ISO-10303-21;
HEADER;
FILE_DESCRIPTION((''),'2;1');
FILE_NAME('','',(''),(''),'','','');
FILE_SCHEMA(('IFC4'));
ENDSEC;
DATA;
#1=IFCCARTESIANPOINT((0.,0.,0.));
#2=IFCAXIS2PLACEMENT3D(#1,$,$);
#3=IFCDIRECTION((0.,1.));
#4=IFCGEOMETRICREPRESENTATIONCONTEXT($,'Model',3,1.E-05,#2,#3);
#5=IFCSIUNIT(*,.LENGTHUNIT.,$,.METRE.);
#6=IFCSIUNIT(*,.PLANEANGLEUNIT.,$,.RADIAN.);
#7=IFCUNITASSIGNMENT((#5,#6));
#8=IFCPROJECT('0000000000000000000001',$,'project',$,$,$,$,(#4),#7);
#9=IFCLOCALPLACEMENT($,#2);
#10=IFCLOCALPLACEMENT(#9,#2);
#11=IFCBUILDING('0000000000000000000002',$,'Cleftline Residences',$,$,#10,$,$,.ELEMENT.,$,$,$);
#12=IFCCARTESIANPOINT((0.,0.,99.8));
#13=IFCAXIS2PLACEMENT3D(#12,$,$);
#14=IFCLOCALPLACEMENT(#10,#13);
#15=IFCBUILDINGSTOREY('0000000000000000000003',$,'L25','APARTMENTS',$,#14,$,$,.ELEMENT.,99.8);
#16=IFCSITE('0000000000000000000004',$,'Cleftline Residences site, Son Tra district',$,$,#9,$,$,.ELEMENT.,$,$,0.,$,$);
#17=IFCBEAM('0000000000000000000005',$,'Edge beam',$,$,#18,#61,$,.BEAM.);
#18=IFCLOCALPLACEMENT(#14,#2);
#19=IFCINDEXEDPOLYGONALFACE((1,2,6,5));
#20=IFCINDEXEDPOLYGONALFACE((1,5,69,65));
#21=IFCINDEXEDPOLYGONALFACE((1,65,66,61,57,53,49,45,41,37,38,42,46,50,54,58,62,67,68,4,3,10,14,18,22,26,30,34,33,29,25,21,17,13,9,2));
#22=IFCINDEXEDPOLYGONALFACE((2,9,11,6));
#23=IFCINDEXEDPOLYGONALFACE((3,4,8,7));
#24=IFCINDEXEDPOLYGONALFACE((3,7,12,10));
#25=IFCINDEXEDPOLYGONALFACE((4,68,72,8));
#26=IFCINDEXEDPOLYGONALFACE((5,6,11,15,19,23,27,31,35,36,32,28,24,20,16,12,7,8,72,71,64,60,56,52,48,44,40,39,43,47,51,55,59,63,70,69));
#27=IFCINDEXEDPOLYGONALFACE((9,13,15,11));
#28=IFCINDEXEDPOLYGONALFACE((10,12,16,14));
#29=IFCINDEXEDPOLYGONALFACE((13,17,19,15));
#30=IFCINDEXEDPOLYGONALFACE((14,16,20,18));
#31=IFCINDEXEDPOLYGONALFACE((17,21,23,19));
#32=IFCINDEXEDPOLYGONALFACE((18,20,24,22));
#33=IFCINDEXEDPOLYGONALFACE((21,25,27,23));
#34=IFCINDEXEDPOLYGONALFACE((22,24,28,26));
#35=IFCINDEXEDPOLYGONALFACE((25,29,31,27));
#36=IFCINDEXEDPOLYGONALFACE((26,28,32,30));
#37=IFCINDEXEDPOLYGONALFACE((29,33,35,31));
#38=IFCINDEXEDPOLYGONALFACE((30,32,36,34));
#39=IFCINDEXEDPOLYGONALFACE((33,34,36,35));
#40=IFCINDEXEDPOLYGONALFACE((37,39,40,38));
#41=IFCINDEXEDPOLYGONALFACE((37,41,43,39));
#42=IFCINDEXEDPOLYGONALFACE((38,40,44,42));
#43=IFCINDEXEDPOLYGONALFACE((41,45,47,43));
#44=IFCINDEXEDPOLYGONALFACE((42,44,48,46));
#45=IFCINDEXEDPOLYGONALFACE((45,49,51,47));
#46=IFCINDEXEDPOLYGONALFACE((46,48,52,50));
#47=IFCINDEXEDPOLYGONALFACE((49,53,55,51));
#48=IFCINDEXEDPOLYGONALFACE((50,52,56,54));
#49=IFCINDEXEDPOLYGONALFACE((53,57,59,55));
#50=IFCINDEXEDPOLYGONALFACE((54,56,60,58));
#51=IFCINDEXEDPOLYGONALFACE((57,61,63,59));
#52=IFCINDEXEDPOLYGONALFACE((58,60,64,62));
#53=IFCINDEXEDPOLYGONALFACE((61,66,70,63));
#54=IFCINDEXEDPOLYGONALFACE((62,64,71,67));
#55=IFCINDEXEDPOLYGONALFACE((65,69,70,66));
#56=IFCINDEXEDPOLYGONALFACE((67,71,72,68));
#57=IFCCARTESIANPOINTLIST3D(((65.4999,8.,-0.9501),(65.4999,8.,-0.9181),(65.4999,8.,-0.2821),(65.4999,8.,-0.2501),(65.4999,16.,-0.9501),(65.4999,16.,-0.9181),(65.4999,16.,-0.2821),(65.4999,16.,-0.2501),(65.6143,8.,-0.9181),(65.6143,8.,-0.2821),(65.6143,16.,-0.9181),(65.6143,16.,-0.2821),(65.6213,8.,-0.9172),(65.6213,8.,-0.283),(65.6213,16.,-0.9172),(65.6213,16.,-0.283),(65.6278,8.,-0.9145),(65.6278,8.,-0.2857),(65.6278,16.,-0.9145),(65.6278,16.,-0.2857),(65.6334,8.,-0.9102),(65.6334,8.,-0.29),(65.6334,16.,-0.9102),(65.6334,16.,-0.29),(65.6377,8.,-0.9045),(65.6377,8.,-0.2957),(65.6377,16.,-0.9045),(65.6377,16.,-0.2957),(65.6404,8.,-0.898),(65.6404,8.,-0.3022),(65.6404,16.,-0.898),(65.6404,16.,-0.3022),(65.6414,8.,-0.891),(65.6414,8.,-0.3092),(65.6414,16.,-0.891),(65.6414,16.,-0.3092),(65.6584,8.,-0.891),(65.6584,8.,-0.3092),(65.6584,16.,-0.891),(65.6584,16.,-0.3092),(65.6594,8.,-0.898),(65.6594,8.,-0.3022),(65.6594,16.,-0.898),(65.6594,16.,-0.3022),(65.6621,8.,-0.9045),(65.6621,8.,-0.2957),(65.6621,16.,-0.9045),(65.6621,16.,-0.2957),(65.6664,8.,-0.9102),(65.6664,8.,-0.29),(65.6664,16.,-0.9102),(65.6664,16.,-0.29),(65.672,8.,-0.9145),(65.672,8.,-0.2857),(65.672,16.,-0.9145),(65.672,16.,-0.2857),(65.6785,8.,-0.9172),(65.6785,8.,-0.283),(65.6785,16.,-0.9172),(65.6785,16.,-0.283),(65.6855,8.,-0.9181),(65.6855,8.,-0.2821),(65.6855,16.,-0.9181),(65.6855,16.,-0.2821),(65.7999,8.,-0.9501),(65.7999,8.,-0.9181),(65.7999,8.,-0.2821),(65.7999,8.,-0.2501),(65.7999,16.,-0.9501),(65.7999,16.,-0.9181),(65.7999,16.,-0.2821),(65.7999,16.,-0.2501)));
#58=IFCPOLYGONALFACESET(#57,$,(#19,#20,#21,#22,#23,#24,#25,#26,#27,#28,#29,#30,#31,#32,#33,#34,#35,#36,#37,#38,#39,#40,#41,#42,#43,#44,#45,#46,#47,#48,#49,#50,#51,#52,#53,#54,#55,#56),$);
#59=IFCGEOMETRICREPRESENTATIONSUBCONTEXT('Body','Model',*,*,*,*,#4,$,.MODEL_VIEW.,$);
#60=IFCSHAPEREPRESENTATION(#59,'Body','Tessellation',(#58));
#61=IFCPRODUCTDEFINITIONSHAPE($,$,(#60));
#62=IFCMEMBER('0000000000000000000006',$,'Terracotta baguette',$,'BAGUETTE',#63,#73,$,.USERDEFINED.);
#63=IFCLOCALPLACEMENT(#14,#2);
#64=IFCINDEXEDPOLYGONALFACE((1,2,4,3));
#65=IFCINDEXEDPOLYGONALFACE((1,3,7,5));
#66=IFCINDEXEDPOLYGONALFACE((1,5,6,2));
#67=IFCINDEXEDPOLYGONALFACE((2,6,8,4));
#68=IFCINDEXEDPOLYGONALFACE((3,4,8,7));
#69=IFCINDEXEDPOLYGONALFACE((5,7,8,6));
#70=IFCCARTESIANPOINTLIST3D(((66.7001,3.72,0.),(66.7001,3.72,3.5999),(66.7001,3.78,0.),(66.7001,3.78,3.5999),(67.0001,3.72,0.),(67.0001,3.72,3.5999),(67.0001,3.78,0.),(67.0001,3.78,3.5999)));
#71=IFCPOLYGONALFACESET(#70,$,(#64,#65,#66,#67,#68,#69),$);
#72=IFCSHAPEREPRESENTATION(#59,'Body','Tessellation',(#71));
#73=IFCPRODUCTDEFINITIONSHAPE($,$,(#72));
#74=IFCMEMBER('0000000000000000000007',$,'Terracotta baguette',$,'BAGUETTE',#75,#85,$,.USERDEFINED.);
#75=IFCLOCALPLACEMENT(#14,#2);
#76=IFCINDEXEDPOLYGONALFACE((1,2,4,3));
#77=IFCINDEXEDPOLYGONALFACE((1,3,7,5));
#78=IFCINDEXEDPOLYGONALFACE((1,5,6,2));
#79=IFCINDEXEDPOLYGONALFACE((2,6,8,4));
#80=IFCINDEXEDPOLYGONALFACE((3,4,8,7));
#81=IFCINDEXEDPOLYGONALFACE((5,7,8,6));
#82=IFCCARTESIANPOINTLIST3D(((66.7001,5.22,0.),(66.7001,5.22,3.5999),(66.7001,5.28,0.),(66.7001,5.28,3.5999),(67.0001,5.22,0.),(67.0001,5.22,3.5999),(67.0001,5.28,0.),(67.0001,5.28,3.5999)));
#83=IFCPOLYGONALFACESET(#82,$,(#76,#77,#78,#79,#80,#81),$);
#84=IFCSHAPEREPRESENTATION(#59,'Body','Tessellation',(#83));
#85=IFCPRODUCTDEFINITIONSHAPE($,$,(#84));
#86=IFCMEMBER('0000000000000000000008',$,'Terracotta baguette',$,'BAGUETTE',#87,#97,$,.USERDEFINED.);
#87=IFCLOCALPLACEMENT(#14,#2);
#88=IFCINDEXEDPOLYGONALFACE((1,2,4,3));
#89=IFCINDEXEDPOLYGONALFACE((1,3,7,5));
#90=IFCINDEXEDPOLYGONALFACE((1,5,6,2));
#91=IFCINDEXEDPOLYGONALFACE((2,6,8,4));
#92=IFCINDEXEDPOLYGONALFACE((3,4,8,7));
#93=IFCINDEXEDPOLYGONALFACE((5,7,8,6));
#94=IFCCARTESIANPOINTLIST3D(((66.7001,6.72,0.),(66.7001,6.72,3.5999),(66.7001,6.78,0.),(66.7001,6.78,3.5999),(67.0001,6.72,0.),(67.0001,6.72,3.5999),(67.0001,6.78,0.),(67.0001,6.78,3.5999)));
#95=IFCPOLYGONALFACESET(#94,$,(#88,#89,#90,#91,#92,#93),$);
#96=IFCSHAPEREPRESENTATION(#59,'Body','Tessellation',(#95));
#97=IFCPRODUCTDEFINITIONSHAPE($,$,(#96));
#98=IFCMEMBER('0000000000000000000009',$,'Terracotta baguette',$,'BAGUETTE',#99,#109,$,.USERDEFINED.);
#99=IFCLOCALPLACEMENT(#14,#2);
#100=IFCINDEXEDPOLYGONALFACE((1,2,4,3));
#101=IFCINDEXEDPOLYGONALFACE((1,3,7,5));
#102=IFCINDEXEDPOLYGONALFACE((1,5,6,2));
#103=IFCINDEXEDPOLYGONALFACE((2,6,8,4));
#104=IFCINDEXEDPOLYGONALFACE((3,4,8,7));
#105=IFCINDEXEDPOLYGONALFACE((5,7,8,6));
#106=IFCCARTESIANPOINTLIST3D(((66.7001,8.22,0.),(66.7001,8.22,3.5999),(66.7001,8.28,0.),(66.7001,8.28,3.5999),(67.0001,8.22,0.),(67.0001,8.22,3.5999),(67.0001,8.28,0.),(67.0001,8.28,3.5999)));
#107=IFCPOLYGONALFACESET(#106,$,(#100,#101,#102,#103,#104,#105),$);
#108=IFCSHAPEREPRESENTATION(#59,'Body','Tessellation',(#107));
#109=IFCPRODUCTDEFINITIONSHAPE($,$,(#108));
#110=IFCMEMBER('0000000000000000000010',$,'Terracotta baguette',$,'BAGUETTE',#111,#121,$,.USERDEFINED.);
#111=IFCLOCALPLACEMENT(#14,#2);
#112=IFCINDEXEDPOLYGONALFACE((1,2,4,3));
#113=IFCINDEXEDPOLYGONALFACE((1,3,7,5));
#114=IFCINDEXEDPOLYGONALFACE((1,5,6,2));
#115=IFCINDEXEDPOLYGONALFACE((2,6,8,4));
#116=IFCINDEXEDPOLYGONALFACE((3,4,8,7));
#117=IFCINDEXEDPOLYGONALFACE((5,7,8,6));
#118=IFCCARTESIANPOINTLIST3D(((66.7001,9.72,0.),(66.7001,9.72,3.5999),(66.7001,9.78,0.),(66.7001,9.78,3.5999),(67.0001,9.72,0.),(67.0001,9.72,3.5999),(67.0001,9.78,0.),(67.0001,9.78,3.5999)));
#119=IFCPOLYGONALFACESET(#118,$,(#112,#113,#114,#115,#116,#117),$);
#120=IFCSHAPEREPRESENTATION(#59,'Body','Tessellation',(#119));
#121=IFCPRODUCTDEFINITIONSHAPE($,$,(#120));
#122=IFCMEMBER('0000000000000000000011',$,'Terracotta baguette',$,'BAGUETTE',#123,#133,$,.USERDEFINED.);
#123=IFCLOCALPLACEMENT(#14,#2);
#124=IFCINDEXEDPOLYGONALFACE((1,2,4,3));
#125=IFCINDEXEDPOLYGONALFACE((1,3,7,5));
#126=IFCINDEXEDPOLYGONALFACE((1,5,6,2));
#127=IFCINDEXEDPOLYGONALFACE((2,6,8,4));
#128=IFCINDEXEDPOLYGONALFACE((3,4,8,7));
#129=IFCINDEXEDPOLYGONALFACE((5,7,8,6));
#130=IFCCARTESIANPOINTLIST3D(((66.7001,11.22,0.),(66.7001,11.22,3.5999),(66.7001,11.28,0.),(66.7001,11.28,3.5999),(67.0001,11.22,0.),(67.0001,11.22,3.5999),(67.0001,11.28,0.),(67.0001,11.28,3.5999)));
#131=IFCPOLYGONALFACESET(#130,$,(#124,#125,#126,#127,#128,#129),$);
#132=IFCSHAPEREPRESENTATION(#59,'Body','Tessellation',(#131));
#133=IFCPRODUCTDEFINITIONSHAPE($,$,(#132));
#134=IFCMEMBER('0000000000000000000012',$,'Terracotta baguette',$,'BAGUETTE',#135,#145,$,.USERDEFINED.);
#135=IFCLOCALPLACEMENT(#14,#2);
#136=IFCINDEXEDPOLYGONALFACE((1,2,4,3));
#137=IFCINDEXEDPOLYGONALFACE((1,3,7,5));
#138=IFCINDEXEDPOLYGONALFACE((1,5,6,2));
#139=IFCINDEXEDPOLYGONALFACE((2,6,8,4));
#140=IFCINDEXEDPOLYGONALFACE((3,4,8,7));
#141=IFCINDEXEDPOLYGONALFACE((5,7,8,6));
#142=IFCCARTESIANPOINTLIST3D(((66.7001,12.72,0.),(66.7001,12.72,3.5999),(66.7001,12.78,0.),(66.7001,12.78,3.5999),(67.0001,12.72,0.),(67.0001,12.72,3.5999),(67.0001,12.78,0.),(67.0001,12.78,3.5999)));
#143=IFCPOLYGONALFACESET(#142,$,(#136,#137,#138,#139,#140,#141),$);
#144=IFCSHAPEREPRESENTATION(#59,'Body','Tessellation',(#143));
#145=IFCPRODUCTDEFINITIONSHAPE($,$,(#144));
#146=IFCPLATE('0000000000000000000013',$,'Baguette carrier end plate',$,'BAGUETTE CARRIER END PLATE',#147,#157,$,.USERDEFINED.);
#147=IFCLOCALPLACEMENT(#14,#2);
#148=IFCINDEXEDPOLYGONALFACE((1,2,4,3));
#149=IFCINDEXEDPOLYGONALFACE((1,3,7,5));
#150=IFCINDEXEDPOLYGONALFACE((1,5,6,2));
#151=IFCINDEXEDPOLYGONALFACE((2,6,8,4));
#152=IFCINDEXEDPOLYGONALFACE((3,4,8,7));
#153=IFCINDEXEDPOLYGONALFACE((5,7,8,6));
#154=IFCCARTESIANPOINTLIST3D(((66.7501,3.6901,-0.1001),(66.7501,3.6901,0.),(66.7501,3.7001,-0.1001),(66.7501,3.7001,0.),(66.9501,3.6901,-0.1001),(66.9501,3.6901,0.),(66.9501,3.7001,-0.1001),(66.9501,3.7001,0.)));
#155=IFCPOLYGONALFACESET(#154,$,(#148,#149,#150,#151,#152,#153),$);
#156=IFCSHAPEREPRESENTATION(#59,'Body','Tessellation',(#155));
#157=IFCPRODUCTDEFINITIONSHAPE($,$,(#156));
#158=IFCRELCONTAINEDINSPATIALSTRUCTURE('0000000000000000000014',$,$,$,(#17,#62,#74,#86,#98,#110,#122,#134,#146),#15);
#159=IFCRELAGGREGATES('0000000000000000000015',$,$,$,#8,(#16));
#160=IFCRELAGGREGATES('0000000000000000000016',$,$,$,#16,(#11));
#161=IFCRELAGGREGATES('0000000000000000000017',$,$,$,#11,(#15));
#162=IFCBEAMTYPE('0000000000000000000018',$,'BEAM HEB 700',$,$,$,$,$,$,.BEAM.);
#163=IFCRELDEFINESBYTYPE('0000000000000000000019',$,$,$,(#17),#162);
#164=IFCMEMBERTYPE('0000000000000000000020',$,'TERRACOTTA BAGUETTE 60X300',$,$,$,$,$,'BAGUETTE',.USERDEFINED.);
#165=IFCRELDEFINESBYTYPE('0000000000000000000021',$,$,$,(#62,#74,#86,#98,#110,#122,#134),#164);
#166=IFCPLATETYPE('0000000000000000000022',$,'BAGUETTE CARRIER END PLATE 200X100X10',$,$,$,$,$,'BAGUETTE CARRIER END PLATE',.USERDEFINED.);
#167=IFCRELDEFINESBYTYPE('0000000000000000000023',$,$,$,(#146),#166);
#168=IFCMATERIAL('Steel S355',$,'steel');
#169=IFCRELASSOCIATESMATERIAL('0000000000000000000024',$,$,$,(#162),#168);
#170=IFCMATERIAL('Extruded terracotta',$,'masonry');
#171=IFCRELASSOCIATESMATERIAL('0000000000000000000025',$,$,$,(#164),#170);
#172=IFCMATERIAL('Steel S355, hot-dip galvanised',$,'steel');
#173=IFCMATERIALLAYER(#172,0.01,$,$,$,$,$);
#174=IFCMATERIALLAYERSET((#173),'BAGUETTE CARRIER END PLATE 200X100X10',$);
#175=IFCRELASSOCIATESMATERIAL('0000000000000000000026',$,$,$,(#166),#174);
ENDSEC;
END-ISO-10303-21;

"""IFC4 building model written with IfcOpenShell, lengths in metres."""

from ifc_helpers import new_model, si_unit, direction, frame, origin, origin_2d, place, context, subcontext, project, spatial, rectangle, i_section, extrude, material, layer, layer_set, material_profile, profile_set, type_object, element, save


model = new_model("IFC4")

# Units and contexts
model_context = context("Model", 3, precision=1e-05, world=origin(), true_north=direction((0.0, 1.0)))
body_context = subcontext(model_context, "Body", "Model", "MODEL_VIEW")
ifc_project = project(units=[si_unit("LENGTHUNIT", "METRE"), si_unit("PLANEANGLEUNIT", "RADIAN")], contexts=[model_context])

# Site, building, storey
site_placement = place(None, origin())
site = spatial("IfcSite", under=ifc_project, at=site_placement, Name="Cleftline Residences site, Son Tra district", CompositionType="ELEMENT", RefElevation=0.0)
building_placement = place(site_placement, origin())
building = spatial("IfcBuilding", under=site, at=building_placement, Name="Cleftline Residences", CompositionType="ELEMENT")
storey_placement = place(building_placement, frame((0.0, 0.0, 99.8)))
storey = spatial("IfcBuildingStorey", under=building, at=storey_placement, Name="L25", Description="APARTMENTS", CompositionType="ELEMENT", Elevation=99.8)

# Beam
ifc_material_1 = material(Name="Steel S355", Category="steel")
ifc_material_profile_1 = material_profile(ifc_material_1, i_section(OverallWidth=0.3, OverallDepth=0.7, WebThickness=0.0171, FlangeThickness=0.032, FilletRadius=0.0271, at=origin_2d()))
ifc_profile_set_1 = profile_set([ifc_material_profile_1], Name="Steel S355")
beam_type = type_object("IfcBeamType", Name="BEAM HEB 700", PredefinedType="BEAM", material=ifc_profile_set_1)
beam_placement = place(storey_placement, frame((65.6499, 8.0, -0.6001), z_axis=(0.0, 1.0, 0.0), x_axis=(-1.0, 0.0, 0.0)))
element("IfcBeam", 1, at=beam_placement, inside=storey, type_object=beam_type, Name="Edge beam", PredefinedType="BEAM", context=body_context, shape_type="SweptSolid", body=[
    extrude(i_section(OverallWidth=0.3, OverallDepth=0.7, WebThickness=0.0171, FlangeThickness=0.032, FilletRadius=0.0271, at=origin_2d()), origin(), (0.0, 0.0, 1.0), 8.0),
])

# Members
ifc_material_2 = material(Name="Extruded terracotta", Category="masonry")
ifc_material_profile_2 = material_profile(ifc_material_2, rectangle(XDim=0.0601, YDim=0.3, at=origin_2d()))
ifc_profile_set_2 = profile_set([ifc_material_profile_2], Name="Extruded terracotta")
member_type_1 = type_object("IfcMemberType", Name="TERRACOTTA BAGUETTE 60X300", ElementType="BAGUETTE", PredefinedType="USERDEFINED", material=ifc_profile_set_2)
for number, where, z_axis, x_axis, name in (
    (2, (66.8501, 3.75, 0.0), (0.0, 0.0, 1.0), (0.0, 1.0, 0.0), "Terracotta baguette"),
    (3, (66.8501, 5.25, 0.0), (0.0, 0.0, 1.0), (0.0, 1.0, 0.0), "Terracotta baguette"),
    (4, (66.8501, 6.75, 0.0), (0.0, 0.0, 1.0), (0.0, 1.0, 0.0), "Terracotta baguette"),
    (5, (66.8501, 8.25, 0.0), (0.0, 0.0, 1.0), (0.0, 1.0, 0.0), "Terracotta baguette"),
    (6, (66.8501, 9.75, 0.0), (0.0, 0.0, 1.0), (0.0, 1.0, 0.0), "Terracotta baguette"),
    (7, (66.8501, 11.25, 0.0), (0.0, 0.0, 1.0), (0.0, 1.0, 0.0), "Terracotta baguette"),
    (8, (66.8501, 12.75, 0.0), (0.0, 0.0, 1.0), (0.0, 1.0, 0.0), "Terracotta baguette"),
):
    element("IfcMember", number, at=place(storey_placement, frame(where, z_axis=z_axis, x_axis=x_axis)), inside=storey, type_object=member_type_1, Name=name, ObjectType="BAGUETTE", PredefinedType="USERDEFINED", context=body_context, shape_type="SweptSolid", body=[
        extrude(rectangle(XDim=0.0601, YDim=0.3, at=origin_2d()), origin(), (0.0, 0.0, 1.0), 3.5999),
    ])

# Plate
ifc_material_3 = material(Name="Steel S355, hot-dip galvanised", Category="steel")
ifc_layer_1 = layer(ifc_material_3, 0.01)
ifc_layer_set_1 = layer_set([ifc_layer_1], Name="BAGUETTE CARRIER END PLATE 200X100X10")
plate_type = type_object("IfcPlateType", Name="BAGUETTE CARRIER END PLATE 200X100X10", ElementType="BAGUETTE CARRIER END PLATE", PredefinedType="USERDEFINED", material=ifc_layer_set_1)
plate_placement = place(storey_placement, frame((66.8501, 3.6951, -0.1001), z_axis=(0.0, 0.0, 1.0), x_axis=(1.0, 0.0, 0.0)))
element("IfcPlate", 9, at=plate_placement, inside=storey, type_object=plate_type, Name="Baguette carrier end plate", ObjectType="BAGUETTE CARRIER END PLATE", PredefinedType="USERDEFINED", context=body_context, shape_type="SweptSolid", body=[
    extrude(rectangle(XDim=0.2, YDim=0.01, at=origin_2d()), origin(), (0.0, 0.0, 1.0), 0.1001),
])

save(model, "model.ifc")
